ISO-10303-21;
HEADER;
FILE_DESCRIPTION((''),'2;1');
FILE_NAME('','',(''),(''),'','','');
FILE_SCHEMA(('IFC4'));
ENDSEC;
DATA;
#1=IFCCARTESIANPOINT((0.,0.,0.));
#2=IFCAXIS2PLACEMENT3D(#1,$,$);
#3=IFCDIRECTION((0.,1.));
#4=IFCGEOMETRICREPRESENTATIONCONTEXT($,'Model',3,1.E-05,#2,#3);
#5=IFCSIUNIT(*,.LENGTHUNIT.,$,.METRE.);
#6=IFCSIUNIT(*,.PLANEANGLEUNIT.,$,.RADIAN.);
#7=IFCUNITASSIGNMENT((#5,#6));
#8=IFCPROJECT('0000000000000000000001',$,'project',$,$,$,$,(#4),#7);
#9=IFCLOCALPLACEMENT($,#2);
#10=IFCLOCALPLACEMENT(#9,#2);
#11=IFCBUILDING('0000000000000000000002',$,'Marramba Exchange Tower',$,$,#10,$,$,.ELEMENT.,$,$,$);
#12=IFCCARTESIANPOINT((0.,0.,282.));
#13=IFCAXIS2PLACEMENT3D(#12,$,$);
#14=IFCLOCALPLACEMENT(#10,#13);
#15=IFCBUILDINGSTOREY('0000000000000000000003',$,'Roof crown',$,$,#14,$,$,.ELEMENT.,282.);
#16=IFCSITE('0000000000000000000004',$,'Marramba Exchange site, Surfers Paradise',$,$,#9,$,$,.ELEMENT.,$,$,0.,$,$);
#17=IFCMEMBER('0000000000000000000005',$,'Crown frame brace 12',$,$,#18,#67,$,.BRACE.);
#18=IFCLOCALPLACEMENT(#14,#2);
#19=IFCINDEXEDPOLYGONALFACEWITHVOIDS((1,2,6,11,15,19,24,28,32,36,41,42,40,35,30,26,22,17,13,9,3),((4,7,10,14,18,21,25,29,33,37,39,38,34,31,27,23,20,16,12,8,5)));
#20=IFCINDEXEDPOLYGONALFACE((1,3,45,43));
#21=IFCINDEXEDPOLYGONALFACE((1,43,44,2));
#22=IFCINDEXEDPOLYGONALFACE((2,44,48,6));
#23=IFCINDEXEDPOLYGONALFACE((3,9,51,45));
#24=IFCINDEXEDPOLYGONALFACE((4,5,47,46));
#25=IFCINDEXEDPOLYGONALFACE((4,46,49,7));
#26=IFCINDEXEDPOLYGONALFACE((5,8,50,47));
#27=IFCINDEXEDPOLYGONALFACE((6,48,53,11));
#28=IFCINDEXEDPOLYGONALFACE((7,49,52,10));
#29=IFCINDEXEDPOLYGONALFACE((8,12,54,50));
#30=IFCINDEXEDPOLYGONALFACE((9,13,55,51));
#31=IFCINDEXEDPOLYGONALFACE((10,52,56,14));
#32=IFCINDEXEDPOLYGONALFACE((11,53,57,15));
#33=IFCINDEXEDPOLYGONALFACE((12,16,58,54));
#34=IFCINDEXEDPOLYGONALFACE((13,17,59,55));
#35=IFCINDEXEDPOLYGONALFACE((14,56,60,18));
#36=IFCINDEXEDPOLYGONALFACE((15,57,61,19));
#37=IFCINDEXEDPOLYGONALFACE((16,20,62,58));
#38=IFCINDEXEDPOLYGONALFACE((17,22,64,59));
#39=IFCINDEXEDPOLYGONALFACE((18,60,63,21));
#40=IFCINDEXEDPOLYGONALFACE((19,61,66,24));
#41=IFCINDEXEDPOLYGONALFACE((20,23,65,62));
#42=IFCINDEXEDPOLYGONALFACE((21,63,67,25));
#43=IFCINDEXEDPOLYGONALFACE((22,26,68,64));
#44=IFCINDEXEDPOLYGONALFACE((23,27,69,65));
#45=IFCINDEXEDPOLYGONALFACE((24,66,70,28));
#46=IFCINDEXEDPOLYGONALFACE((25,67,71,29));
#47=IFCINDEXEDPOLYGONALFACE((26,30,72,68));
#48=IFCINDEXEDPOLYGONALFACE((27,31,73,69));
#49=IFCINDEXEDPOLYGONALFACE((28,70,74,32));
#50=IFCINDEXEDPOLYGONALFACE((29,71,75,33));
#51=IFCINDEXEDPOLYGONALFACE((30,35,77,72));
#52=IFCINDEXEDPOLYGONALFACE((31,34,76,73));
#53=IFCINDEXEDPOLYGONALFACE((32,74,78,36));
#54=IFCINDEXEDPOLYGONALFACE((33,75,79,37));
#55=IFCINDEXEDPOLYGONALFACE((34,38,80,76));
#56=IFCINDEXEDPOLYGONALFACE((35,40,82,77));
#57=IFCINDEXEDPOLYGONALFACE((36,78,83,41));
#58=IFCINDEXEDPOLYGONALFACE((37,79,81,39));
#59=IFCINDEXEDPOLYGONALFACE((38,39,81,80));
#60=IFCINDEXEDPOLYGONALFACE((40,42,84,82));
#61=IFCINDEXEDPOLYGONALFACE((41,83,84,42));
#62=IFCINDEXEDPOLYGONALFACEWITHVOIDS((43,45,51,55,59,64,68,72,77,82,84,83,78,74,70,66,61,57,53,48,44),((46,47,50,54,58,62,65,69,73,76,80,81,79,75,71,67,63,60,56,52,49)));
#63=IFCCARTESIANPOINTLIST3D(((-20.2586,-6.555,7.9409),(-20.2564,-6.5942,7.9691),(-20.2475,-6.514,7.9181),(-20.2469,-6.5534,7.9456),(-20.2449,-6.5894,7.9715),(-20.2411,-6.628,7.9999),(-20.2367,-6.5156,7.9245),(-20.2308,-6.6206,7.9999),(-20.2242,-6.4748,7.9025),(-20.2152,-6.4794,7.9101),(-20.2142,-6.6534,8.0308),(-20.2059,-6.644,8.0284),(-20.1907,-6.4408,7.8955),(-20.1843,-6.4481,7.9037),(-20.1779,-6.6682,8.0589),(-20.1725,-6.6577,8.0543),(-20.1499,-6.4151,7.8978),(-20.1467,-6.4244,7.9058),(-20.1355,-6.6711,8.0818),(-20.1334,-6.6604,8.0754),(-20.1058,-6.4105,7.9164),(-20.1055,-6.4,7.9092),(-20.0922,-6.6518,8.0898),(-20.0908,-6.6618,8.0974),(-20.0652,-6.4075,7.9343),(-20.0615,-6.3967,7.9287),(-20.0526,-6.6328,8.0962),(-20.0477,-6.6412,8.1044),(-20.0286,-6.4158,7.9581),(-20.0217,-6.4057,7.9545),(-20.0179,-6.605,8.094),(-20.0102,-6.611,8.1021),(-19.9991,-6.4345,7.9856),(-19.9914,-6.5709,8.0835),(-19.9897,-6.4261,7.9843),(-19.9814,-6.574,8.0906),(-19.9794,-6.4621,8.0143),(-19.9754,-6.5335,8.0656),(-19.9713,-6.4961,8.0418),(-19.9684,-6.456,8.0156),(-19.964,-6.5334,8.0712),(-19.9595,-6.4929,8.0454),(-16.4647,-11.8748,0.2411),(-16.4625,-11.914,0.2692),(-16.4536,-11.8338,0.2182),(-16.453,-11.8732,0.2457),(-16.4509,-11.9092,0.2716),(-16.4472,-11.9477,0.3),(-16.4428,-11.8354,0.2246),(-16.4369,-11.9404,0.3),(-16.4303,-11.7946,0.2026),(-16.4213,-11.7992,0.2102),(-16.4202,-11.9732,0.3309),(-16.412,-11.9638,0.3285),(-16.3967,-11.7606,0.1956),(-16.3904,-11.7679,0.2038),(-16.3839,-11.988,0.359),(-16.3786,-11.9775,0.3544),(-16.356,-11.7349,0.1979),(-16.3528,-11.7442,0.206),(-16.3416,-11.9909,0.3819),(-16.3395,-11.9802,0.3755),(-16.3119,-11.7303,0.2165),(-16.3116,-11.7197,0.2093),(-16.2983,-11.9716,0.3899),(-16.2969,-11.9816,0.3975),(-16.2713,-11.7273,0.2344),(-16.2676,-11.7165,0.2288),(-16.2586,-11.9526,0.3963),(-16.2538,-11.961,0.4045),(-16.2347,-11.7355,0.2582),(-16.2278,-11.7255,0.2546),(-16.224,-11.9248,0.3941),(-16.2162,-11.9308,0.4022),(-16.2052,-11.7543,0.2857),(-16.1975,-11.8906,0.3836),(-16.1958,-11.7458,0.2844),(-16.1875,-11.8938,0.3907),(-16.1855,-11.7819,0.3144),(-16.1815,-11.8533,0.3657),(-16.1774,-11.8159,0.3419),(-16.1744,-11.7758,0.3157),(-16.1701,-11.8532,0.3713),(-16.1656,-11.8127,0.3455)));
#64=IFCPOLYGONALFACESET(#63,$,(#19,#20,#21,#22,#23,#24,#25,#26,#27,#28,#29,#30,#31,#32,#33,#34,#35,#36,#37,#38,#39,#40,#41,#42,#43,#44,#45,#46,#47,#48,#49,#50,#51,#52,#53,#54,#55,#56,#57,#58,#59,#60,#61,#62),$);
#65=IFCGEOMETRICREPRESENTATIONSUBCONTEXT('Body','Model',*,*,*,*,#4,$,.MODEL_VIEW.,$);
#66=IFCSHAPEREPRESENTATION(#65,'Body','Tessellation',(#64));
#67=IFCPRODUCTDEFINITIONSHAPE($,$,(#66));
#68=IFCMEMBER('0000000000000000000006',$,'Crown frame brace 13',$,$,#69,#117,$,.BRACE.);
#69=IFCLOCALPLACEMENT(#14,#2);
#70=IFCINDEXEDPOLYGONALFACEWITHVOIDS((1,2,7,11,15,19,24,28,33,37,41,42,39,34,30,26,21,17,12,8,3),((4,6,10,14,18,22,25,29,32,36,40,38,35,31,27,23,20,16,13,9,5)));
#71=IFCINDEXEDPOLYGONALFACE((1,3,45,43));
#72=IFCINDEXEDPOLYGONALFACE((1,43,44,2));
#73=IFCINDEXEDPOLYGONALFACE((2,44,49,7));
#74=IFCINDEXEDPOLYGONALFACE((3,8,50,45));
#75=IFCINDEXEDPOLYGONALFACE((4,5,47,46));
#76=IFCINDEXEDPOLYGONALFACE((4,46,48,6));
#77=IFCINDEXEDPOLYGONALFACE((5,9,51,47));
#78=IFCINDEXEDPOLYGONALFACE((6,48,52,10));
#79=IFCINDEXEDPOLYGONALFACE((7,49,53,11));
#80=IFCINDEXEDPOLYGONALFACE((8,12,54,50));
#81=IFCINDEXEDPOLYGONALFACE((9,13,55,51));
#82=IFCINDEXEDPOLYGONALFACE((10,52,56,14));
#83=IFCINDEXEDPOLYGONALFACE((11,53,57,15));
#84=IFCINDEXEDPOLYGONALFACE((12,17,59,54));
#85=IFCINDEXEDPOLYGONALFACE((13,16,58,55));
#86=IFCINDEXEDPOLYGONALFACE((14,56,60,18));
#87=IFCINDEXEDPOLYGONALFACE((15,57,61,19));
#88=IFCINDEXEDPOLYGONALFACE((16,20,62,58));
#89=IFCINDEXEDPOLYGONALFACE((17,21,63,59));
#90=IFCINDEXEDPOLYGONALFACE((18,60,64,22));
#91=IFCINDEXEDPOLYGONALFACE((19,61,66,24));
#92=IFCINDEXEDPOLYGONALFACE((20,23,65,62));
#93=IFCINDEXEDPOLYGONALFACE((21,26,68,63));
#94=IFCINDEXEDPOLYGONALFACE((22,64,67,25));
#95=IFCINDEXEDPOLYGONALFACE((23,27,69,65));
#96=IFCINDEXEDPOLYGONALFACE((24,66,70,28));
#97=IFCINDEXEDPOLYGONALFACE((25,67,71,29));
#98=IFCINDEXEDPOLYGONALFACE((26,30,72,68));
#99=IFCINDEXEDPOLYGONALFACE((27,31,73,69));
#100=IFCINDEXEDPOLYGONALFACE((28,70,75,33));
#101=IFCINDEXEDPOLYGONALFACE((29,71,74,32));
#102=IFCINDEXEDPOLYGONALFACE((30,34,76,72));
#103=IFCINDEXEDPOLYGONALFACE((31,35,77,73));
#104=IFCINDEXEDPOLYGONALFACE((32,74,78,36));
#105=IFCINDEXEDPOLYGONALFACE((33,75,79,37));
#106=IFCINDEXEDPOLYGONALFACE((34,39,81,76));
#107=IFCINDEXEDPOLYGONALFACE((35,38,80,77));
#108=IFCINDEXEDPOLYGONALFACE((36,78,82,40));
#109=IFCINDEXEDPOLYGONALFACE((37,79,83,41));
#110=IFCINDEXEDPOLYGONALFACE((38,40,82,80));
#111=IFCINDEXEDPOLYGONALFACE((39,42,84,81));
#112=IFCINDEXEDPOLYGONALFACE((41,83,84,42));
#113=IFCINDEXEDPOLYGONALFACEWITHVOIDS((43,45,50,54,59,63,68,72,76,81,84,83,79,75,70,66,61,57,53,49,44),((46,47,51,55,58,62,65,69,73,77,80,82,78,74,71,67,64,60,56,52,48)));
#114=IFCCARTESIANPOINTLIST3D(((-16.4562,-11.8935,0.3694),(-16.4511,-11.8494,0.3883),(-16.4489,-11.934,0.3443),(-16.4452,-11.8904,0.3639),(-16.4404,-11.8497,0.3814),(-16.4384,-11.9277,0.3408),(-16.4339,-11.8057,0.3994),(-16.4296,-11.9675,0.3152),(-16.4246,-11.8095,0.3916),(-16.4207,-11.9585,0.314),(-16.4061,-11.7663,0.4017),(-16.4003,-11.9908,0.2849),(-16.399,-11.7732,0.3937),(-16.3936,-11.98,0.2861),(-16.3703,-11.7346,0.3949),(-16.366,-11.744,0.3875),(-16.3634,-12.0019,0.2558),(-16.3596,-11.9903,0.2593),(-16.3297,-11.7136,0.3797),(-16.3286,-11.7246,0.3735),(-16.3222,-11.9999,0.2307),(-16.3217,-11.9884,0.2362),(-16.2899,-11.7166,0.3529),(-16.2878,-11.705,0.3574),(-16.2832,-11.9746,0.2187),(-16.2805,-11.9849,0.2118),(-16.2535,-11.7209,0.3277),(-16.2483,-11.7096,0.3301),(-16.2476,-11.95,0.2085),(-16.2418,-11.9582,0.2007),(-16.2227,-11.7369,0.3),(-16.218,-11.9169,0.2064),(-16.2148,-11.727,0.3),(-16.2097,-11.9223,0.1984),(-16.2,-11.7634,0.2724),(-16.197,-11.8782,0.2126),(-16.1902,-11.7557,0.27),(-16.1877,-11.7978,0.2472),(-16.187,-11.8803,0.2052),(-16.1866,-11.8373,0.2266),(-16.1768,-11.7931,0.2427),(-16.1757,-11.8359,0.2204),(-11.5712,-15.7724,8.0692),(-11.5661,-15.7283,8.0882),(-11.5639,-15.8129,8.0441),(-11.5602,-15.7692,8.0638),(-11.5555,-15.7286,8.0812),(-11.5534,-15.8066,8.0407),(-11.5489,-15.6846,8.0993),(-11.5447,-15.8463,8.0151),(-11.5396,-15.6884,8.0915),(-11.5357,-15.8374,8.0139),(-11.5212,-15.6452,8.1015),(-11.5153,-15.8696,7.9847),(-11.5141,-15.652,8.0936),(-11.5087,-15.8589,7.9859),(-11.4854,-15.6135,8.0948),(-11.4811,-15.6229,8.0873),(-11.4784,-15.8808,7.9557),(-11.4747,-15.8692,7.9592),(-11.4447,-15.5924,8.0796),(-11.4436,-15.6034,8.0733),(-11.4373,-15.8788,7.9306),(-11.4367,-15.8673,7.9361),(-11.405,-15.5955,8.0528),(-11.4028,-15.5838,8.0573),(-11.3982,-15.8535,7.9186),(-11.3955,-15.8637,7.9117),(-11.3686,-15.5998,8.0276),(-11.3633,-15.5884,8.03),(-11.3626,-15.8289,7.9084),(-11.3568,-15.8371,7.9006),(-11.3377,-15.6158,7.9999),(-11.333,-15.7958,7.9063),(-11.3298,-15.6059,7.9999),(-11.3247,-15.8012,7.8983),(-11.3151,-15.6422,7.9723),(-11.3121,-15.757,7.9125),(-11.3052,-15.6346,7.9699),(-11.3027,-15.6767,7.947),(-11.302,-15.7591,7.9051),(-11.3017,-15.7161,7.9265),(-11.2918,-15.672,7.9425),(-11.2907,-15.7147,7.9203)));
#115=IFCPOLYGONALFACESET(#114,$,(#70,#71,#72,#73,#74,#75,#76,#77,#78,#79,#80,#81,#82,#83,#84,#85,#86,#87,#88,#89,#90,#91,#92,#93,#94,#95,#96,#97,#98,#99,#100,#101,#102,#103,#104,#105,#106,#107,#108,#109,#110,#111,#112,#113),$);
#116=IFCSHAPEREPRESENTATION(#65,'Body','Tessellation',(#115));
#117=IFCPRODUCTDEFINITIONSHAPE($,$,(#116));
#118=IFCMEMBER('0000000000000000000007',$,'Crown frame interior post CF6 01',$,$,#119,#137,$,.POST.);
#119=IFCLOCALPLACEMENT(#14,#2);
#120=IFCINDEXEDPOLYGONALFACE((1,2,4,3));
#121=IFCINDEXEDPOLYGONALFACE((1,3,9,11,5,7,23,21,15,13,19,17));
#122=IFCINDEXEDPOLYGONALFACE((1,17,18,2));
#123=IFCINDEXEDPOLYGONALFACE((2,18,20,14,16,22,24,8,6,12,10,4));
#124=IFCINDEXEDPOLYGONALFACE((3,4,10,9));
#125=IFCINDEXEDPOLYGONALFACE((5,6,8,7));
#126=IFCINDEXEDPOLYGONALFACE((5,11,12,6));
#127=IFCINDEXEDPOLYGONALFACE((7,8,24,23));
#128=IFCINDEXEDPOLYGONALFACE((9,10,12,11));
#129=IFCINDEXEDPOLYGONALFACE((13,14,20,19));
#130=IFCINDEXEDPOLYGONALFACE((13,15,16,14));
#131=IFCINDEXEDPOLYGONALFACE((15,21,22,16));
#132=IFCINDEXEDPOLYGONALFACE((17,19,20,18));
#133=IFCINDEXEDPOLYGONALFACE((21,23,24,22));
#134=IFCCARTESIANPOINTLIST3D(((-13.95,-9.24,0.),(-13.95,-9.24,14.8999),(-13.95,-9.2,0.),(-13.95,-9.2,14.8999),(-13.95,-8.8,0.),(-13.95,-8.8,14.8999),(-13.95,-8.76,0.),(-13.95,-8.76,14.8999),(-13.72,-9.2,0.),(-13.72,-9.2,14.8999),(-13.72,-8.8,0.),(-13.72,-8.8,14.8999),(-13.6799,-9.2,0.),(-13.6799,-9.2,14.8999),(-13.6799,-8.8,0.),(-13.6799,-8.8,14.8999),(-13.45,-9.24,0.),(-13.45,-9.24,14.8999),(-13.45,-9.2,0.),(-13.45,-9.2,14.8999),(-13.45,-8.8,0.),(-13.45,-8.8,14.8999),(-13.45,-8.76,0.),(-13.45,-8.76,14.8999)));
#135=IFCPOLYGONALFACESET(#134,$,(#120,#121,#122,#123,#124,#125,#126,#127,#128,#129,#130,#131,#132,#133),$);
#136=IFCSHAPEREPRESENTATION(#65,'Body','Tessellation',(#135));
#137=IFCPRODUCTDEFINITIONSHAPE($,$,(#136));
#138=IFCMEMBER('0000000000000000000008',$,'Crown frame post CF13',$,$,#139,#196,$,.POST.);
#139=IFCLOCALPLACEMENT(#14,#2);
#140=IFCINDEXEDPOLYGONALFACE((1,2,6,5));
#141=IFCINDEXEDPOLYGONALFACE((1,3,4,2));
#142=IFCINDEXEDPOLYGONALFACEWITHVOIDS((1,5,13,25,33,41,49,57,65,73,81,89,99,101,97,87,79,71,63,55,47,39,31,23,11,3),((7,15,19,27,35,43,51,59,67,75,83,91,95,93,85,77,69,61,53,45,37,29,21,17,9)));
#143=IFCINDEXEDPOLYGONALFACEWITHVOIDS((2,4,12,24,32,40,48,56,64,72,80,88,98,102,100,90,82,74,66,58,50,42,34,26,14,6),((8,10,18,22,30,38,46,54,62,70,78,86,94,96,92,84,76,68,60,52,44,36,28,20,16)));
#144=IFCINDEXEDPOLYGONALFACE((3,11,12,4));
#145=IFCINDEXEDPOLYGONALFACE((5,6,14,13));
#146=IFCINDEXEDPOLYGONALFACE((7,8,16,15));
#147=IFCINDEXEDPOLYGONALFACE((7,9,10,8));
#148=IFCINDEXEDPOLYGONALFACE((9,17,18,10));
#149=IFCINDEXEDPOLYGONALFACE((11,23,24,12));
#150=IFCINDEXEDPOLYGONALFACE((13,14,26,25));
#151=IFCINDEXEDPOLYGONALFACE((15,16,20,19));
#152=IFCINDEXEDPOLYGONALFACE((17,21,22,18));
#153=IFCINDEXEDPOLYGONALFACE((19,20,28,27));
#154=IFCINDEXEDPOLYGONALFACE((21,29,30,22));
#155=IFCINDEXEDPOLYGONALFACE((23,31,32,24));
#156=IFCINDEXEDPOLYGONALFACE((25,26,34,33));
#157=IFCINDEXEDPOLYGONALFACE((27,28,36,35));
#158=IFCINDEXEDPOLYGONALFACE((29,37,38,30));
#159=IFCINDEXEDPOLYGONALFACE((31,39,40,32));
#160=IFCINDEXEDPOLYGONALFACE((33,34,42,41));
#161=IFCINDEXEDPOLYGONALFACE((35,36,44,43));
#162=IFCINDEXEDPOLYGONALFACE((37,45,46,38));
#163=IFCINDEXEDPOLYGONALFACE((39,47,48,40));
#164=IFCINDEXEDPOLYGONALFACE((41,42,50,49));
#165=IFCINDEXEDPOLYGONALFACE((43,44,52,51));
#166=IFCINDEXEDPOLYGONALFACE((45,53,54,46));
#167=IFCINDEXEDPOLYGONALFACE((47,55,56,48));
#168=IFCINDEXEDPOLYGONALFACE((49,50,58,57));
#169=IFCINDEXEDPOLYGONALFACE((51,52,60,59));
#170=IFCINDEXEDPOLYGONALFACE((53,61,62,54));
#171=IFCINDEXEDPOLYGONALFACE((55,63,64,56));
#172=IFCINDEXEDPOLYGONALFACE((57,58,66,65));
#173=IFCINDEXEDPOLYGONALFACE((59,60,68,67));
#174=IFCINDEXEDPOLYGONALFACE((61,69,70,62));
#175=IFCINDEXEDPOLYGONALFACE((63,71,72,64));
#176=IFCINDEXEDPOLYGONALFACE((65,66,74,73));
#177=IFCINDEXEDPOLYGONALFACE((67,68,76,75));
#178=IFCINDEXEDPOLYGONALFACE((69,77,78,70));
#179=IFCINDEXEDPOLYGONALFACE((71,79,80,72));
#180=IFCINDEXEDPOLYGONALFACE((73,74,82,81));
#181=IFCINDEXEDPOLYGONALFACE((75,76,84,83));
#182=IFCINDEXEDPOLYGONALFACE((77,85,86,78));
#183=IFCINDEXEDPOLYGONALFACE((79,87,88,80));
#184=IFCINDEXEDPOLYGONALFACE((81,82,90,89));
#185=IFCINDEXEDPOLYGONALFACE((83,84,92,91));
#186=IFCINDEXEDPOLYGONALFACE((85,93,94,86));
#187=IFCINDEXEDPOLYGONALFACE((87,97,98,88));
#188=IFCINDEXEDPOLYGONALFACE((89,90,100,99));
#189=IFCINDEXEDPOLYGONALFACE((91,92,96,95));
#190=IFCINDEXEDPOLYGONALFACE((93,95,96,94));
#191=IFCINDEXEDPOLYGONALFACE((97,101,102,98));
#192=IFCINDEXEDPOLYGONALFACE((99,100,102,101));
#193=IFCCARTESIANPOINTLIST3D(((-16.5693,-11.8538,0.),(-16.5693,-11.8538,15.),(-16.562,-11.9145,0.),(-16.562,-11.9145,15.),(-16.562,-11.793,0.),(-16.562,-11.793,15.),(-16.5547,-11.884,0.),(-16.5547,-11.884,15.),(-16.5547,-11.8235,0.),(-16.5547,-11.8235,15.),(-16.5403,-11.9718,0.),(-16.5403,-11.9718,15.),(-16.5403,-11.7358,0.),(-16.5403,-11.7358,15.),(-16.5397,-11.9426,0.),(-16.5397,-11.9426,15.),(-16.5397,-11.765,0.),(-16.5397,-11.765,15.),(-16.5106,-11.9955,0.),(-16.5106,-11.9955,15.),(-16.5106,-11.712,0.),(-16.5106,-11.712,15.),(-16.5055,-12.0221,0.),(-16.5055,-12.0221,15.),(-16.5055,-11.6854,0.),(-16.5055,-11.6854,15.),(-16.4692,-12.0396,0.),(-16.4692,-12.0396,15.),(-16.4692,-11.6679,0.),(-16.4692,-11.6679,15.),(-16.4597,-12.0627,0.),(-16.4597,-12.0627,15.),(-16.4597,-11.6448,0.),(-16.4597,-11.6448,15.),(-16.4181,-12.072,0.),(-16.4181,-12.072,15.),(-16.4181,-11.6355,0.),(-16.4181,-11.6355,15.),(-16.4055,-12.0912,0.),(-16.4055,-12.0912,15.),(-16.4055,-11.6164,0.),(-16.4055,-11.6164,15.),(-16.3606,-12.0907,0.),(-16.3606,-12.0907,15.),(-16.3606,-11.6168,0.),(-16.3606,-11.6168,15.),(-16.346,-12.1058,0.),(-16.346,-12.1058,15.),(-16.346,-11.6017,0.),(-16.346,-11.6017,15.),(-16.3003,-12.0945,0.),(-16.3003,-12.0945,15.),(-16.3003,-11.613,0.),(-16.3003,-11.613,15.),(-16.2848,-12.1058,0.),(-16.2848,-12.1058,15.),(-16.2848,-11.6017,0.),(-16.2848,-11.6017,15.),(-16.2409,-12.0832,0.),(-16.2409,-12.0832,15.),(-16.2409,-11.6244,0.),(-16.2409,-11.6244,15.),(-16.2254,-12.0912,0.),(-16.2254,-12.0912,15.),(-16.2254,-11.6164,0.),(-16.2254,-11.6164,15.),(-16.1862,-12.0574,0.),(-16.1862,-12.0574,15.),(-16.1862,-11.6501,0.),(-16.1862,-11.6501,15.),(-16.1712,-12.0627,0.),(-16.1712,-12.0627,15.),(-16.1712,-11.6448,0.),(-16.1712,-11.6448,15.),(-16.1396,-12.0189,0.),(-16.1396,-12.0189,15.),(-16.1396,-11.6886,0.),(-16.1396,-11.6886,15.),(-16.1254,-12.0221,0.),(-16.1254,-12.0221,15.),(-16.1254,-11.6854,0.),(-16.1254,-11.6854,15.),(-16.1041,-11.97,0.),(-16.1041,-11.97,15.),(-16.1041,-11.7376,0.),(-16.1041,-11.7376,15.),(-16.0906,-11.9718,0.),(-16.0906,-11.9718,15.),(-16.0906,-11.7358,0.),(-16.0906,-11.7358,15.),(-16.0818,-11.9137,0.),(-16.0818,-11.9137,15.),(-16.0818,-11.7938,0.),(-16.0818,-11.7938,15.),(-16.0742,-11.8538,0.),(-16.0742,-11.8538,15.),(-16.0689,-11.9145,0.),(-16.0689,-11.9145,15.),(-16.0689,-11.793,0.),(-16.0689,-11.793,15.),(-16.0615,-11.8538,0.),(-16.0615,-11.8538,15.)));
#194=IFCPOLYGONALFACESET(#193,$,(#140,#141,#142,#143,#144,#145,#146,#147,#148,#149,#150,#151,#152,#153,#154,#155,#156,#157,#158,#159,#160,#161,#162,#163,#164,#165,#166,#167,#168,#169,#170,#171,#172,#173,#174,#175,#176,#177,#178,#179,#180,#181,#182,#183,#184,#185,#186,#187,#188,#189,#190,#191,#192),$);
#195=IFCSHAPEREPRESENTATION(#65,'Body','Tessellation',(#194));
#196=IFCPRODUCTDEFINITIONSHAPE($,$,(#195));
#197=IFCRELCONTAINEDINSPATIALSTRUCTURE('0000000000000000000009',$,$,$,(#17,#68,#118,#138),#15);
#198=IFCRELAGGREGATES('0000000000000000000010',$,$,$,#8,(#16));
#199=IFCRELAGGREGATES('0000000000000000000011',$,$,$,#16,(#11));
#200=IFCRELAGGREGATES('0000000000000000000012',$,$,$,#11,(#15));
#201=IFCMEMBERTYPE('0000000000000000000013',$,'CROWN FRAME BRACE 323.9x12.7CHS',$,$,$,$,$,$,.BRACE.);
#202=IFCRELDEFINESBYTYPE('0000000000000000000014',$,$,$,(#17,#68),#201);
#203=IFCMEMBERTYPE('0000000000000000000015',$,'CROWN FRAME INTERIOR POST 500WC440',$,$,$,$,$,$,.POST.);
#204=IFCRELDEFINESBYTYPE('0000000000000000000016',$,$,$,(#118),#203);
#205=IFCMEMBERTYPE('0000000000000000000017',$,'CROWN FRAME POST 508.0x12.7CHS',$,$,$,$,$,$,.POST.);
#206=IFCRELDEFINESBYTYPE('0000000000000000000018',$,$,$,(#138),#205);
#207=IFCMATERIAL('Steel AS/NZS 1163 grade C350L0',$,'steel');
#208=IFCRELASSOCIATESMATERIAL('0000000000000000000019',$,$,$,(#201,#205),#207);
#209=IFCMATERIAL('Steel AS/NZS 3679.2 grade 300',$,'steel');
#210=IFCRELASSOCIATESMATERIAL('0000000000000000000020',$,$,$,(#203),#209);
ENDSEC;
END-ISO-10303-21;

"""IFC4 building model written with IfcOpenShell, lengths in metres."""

from ifc_helpers import new_model, si_unit, direction, frame, origin, origin_2d, place, context, subcontext, project, spatial, hollow_circle, i_section, extrude, material, material_profile, profile_set, type_object, element, save


model = new_model("IFC4")

# Units and contexts
model_context = context("Model", 3, precision=1e-05, world=origin(), true_north=direction((0.0, 1.0)))
body_context = subcontext(model_context, "Body", "Model", "MODEL_VIEW")
ifc_project = project(units=[si_unit("LENGTHUNIT", "METRE"), si_unit("PLANEANGLEUNIT", "RADIAN")], contexts=[model_context])

# Site, building, storey
site_placement = place(None, origin())
site = spatial("IfcSite", under=ifc_project, at=site_placement, Name="Marramba Exchange site, Surfers Paradise", CompositionType="ELEMENT", RefElevation=0.0)
building_placement = place(site_placement, origin())
building = spatial("IfcBuilding", under=site, at=building_placement, Name="Marramba Exchange Tower", CompositionType="ELEMENT")
storey_placement = place(building_placement, frame((0.0, 0.0, 282.0)))
storey = spatial("IfcBuildingStorey", under=building, at=storey_placement, Name="Roof crown", CompositionType="ELEMENT", Elevation=282.0)

# Members
ifc_material_1 = material(Name="Steel AS/NZS 1163 grade C350L0", Category="steel")
ifc_material_profile_1 = material_profile(ifc_material_1, hollow_circle(Radius=0.1619, WallThickness=0.0127, at=origin_2d()), Name="323.9x12.7CHS")
ifc_profile_set_1 = profile_set([ifc_material_profile_1], Name="Steel AS/NZS 1163 grade C350L0")
member_type_1 = type_object("IfcMemberType", Name="CROWN FRAME BRACE 323.9x12.7CHS", PredefinedType="BRACE", material=ifc_profile_set_1)
member_1_placement = place(storey_placement, frame((-16.3154, -11.8538, 0.3), z_axis=(-0.375686, 0.526783, 0.762469), x_axis=(-0.814162, -0.580637, 0.0)))
element("IfcMember", 1, at=member_1_placement, inside=storey, type_object=member_type_1, Name="Crown frame brace 12", PredefinedType="BRACE", context=body_context, shape_type="SweptSolid", body=[
    extrude(hollow_circle(Radius=0.1619, WallThickness=0.0127, at=origin_2d()), origin(), (0.0, 0.0, 1.0), 10.0986),
])
member_2_placement = place(storey_placement, frame((-16.3154, -11.8538, 0.3), z_axis=(0.492962, -0.391433, 0.777026), x_axis=(0.621846, 0.783139, 0.0)))
element("IfcMember", 2, at=member_2_placement, inside=storey, type_object=member_type_1, Name="Crown frame brace 13", PredefinedType="BRACE", context=body_context, shape_type="SweptSolid", body=[
    extrude(hollow_circle(Radius=0.1619, WallThickness=0.0127, at=origin_2d()), origin(), (0.0, 0.0, 1.0), 9.9094),
])
ifc_material_2 = material(Name="Steel AS/NZS 3679.2 grade 300", Category="steel")
ifc_material_profile_2 = material_profile(ifc_material_2, i_section(OverallWidth=0.5, OverallDepth=0.48, WebThickness=0.04, FlangeThickness=0.04, at=origin_2d()), Name="500WC440")
ifc_profile_set_2 = profile_set([ifc_material_profile_2], Name="Steel AS/NZS 3679.2 grade 300")
member_type_2 = type_object("IfcMemberType", Name="CROWN FRAME INTERIOR POST 500WC440", PredefinedType="POST", material=ifc_profile_set_2)
member_3_placement = place(storey_placement, frame((-13.7, -9.0, 0.0), z_axis=(0.0, 0.0, 1.0), x_axis=(1.0, 0.0, 0.0)))
element("IfcMember", 3, at=member_3_placement, inside=storey, type_object=member_type_2, Name="Crown frame interior post CF6 01", PredefinedType="POST", context=body_context, shape_type="SweptSolid", body=[
    extrude(i_section(OverallWidth=0.5, OverallDepth=0.48, WebThickness=0.04, FlangeThickness=0.04, at=origin_2d()), origin(), (0.0, 0.0, 1.0), 14.8999),
])
ifc_material_profile_3 = material_profile(ifc_material_1, hollow_circle(Radius=0.2539, WallThickness=0.0127, at=origin_2d()), Name="508.0x12.7CHS")
ifc_profile_set_3 = profile_set([ifc_material_profile_3], Name="Steel AS/NZS 1163 grade C350L0")
member_type_3 = type_object("IfcMemberType", Name="CROWN FRAME POST 508.0x12.7CHS", PredefinedType="POST", material=ifc_profile_set_3)
member_4_placement = place(storey_placement, frame((-16.3154, -11.8538, 0.0), z_axis=(0.0, 0.0, 1.0), x_axis=(1.0, 0.0, 0.0)))
element("IfcMember", 4, at=member_4_placement, inside=storey, type_object=member_type_3, Name="Crown frame post CF13", PredefinedType="POST", context=body_context, shape_type="SweptSolid", body=[
    extrude(hollow_circle(Radius=0.2539, WallThickness=0.0127, at=origin_2d()), origin(), (0.0, 0.0, 1.0), 15.0),
])

save(model, "model.ifc")
